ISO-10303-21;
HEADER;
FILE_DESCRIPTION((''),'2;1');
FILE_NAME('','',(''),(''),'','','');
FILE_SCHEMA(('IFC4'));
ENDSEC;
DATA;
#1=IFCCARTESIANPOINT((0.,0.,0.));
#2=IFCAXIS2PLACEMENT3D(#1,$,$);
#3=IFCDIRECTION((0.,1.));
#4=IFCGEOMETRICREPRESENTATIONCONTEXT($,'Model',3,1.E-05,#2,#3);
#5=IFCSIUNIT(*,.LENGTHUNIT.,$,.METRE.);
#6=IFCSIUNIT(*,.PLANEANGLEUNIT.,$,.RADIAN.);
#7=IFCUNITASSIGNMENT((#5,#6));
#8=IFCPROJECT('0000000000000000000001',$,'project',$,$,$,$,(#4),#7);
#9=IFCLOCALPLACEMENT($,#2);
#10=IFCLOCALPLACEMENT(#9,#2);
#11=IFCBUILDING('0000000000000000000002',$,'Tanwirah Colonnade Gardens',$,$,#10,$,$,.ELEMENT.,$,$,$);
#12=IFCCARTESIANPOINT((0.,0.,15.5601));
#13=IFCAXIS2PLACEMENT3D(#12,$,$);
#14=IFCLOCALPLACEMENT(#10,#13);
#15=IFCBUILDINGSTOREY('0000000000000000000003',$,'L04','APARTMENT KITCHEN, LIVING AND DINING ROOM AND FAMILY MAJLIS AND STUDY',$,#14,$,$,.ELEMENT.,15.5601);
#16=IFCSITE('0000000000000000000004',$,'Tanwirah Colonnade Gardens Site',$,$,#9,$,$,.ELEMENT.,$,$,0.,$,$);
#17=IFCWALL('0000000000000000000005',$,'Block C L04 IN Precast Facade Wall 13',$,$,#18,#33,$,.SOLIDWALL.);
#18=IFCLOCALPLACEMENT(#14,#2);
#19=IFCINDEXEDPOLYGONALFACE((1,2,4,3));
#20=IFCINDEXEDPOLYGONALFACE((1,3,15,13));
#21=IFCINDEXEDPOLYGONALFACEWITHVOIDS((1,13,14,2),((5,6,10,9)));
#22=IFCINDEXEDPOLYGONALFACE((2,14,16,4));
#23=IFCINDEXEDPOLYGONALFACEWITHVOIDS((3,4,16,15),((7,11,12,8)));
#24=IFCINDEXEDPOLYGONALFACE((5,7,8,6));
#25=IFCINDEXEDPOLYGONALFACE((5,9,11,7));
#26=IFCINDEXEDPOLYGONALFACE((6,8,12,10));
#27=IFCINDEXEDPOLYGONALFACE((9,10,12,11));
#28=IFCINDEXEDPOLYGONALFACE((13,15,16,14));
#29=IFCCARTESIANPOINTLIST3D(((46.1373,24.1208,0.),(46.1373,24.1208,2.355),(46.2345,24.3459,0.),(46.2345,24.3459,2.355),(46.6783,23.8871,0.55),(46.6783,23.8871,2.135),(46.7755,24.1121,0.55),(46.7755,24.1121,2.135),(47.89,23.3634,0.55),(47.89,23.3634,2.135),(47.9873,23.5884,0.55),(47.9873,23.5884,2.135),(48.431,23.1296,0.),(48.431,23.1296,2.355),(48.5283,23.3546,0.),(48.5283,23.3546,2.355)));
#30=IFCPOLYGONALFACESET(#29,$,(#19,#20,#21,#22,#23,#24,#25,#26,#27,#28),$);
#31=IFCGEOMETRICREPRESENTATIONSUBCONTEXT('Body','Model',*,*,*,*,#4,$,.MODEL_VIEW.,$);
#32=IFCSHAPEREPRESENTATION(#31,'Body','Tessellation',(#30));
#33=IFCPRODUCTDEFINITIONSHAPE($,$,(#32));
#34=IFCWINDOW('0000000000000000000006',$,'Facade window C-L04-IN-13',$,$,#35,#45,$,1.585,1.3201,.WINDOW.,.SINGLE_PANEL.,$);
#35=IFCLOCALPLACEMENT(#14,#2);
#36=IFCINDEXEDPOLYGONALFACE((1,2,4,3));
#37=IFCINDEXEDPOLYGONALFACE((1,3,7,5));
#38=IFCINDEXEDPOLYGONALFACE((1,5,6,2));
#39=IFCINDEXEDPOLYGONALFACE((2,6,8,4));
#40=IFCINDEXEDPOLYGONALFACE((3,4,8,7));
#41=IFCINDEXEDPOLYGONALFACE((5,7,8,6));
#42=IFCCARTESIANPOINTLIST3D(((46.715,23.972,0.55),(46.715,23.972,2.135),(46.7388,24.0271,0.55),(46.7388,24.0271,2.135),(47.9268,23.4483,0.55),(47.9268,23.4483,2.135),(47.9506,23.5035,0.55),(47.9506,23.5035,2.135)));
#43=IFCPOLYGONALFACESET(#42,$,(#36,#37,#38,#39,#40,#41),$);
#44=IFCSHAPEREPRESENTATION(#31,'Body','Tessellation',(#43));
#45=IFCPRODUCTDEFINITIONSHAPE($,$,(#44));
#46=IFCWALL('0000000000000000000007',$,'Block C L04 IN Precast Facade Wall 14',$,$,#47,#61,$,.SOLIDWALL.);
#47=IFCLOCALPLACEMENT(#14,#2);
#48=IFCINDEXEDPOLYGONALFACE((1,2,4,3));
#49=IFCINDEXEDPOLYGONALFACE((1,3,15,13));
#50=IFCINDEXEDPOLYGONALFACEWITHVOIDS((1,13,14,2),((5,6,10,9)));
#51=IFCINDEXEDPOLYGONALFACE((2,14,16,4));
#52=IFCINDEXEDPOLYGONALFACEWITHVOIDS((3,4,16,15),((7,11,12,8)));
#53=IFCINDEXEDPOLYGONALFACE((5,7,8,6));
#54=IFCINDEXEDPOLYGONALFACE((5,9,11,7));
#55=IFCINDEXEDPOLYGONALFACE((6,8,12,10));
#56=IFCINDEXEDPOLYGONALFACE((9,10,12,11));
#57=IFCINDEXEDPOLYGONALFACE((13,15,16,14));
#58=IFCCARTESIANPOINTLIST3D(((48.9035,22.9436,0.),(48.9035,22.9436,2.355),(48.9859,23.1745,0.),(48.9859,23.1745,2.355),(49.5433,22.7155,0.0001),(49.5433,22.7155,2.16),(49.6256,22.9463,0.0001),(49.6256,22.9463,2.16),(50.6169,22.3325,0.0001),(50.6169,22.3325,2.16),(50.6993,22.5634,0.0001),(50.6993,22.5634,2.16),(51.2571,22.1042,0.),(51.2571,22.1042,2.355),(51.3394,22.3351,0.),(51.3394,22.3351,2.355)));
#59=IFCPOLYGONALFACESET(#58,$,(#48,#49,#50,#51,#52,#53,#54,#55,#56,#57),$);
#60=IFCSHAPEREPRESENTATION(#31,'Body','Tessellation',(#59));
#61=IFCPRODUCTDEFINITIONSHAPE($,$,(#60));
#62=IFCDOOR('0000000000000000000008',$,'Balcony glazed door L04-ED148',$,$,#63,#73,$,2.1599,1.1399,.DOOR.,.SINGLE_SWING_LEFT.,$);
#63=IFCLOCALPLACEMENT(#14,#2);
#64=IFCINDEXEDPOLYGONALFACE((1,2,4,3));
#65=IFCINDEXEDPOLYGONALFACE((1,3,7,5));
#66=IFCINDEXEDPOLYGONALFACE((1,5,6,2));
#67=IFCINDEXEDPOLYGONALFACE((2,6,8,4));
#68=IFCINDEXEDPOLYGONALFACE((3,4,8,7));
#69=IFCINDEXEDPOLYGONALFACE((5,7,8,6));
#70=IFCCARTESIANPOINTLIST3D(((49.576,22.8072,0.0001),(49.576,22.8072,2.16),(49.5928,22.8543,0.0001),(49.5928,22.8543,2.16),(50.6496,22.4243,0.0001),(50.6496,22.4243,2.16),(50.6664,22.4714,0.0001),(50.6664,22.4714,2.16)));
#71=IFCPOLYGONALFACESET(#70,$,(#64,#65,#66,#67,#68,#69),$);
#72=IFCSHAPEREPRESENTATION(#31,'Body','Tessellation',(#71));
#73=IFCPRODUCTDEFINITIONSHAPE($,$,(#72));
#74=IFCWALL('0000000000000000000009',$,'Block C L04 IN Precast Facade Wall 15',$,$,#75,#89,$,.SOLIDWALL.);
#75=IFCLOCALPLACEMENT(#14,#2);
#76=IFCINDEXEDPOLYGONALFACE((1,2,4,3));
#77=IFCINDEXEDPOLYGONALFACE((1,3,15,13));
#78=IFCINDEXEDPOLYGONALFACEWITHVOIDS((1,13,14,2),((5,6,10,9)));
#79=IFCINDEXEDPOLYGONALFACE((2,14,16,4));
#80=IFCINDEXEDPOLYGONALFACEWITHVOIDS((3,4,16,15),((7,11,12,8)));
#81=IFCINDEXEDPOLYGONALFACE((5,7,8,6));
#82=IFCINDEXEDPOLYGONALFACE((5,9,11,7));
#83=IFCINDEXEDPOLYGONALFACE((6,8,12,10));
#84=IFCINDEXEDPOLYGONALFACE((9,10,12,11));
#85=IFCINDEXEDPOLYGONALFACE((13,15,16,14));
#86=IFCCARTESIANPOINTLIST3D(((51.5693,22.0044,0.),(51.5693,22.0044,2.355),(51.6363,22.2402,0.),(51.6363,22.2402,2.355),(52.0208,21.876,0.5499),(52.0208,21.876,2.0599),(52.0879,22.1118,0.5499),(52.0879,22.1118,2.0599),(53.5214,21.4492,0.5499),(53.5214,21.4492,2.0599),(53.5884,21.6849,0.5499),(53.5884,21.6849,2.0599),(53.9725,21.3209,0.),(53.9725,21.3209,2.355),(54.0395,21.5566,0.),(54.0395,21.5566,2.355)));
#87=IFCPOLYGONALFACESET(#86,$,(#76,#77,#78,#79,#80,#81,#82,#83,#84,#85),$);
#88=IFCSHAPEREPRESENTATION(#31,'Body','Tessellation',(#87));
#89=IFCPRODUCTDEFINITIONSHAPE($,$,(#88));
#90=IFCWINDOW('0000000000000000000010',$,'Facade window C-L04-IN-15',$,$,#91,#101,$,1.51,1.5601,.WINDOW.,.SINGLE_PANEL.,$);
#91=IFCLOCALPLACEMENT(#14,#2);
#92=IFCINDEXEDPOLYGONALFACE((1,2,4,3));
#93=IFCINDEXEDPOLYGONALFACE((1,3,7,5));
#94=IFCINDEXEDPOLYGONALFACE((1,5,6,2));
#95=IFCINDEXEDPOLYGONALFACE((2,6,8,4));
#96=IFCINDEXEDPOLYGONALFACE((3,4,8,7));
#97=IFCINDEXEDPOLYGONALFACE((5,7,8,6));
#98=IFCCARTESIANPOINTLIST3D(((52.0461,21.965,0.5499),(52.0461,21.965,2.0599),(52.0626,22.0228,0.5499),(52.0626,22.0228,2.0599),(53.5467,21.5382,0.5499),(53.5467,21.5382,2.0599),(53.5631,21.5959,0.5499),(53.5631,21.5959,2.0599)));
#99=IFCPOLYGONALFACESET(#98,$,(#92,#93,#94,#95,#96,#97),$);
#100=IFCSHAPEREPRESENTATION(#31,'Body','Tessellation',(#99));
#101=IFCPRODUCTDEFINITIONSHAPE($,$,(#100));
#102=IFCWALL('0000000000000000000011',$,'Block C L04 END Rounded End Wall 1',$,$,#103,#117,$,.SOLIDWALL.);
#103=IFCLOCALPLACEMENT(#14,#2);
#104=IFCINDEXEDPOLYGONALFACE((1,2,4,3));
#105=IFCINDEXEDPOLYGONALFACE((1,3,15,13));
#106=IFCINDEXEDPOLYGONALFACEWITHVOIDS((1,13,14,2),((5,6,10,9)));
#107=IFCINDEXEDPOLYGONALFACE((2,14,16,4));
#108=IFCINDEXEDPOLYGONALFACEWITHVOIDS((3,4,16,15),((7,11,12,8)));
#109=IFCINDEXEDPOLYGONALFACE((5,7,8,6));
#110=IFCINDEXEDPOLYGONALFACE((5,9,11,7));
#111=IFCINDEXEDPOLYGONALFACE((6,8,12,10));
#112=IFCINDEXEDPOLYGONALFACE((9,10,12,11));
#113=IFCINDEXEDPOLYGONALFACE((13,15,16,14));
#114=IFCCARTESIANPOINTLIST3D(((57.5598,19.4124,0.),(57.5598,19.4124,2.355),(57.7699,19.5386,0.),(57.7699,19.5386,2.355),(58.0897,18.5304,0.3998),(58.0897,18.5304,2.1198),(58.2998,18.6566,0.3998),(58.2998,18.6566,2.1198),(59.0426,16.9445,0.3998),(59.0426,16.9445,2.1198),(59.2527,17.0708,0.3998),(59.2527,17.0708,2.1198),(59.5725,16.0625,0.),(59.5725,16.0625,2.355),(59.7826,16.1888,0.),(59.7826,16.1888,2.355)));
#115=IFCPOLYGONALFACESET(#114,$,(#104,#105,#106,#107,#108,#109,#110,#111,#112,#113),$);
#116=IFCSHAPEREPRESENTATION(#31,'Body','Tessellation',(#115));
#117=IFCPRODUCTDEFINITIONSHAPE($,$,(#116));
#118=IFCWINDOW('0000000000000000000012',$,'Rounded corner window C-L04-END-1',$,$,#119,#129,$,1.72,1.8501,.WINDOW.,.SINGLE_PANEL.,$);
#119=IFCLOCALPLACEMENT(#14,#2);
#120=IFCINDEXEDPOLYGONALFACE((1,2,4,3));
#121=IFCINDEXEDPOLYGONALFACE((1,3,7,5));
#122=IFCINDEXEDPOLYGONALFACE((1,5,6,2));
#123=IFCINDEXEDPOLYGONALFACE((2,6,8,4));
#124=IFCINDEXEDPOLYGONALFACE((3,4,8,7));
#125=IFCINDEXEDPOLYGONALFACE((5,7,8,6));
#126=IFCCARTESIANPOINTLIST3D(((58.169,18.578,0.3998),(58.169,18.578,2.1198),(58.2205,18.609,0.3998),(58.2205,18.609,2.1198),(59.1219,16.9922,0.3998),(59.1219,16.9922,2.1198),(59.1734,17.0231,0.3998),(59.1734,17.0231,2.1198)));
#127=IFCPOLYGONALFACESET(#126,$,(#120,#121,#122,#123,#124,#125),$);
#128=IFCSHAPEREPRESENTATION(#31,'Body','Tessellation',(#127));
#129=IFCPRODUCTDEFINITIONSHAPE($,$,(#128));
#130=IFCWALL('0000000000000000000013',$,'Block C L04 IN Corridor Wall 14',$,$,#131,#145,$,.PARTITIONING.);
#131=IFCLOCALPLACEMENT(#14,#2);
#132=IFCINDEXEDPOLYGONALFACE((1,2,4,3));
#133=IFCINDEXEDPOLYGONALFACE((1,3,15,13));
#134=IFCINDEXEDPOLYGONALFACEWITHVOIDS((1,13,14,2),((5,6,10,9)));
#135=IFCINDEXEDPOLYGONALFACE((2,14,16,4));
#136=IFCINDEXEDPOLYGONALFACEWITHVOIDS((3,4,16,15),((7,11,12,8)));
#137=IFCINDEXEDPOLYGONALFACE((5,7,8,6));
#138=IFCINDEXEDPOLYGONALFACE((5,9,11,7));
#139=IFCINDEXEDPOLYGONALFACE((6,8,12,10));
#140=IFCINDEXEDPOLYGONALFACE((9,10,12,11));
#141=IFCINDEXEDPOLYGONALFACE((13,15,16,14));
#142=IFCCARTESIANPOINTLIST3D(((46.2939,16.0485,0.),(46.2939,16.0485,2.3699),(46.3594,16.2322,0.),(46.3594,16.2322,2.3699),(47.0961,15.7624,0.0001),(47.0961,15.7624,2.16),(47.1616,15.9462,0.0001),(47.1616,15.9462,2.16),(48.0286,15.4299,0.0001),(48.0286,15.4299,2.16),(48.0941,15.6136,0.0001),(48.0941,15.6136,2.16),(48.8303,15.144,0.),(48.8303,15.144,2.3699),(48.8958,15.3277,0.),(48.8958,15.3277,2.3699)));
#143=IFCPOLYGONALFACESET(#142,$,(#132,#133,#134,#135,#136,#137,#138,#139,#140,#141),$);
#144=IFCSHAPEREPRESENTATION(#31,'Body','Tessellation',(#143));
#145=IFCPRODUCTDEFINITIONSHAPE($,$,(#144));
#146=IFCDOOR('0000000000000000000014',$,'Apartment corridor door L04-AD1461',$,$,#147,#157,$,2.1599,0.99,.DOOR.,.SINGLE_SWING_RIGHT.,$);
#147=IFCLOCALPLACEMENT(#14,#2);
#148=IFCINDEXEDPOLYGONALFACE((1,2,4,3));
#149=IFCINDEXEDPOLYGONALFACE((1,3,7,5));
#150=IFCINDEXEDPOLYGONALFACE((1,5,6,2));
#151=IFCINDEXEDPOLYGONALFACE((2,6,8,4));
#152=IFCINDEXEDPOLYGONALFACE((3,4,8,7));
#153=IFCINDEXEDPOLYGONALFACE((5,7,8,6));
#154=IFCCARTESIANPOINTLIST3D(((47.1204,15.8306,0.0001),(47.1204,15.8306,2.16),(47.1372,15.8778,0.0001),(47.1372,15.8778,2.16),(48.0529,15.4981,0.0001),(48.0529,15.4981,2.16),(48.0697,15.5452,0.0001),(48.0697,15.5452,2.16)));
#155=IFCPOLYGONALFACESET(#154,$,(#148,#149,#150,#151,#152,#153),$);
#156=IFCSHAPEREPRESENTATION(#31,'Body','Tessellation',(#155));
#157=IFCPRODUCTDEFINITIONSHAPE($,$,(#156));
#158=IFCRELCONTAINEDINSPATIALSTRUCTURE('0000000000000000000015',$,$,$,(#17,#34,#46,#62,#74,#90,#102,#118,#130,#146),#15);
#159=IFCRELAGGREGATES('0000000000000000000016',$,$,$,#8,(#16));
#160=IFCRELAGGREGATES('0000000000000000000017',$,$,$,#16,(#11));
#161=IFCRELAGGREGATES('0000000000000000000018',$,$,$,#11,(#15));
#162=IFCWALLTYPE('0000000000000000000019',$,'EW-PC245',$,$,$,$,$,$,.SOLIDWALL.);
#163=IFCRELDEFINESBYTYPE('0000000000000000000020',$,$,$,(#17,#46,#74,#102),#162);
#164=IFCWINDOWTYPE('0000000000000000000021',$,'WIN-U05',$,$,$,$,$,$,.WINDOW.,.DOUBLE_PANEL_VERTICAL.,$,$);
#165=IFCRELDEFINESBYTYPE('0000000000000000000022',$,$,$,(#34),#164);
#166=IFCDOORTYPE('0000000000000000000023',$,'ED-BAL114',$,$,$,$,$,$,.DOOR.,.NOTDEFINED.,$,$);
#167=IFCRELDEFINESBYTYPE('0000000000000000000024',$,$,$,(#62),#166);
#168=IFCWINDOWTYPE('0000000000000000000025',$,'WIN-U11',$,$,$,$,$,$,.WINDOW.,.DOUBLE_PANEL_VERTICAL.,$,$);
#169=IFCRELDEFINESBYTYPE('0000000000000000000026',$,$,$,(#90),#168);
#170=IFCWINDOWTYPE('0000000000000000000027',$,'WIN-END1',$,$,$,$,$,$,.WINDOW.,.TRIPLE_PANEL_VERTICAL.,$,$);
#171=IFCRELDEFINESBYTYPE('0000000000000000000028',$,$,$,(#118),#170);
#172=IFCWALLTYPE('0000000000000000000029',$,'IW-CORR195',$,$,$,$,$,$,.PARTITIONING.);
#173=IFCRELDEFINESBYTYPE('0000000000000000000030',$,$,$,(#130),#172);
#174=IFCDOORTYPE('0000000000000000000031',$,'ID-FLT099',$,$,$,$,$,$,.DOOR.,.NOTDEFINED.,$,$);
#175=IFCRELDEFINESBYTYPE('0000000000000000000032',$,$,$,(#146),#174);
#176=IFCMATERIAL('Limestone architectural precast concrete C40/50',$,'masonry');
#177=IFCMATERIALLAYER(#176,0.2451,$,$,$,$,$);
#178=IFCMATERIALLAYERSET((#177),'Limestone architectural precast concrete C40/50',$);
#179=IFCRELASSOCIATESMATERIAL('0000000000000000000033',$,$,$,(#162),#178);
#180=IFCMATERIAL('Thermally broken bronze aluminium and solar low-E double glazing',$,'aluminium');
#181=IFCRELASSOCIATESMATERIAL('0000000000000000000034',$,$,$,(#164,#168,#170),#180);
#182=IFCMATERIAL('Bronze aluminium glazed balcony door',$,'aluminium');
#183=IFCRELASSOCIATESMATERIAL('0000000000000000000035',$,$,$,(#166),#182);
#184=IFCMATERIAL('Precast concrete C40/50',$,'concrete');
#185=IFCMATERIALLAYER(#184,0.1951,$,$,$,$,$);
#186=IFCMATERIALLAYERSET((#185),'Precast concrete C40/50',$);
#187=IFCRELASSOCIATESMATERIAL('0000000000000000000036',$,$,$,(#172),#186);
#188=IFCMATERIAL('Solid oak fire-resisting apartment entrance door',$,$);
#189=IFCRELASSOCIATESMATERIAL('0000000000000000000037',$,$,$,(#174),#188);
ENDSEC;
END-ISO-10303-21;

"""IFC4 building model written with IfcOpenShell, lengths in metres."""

from ifc_helpers import new_model, si_unit, direction, frame, frame_2d, origin, place, context, subcontext, project, spatial, rectangle, extrude, material, layer, layer_set, type_object, element, fill, save


model = new_model("IFC4")

# Units and contexts
model_context = context("Model", 3, precision=1e-05, world=origin(), true_north=direction((0.0, 1.0)))
body_context = subcontext(model_context, "Body", "Model", "MODEL_VIEW")
ifc_project = project(units=[si_unit("LENGTHUNIT", "METRE"), si_unit("PLANEANGLEUNIT", "RADIAN")], contexts=[model_context])

# Site, building, storey
site_placement = place(None, origin())
site = spatial("IfcSite", under=ifc_project, at=site_placement, Name="Tanwirah Colonnade Gardens Site", CompositionType="ELEMENT", RefElevation=0.0)
building_placement = place(site_placement, origin())
building = spatial("IfcBuilding", under=site, at=building_placement, Name="Tanwirah Colonnade Gardens", CompositionType="ELEMENT")
storey_placement = place(building_placement, frame((0.0, 0.0, 15.5601)))
storey = spatial("IfcBuildingStorey", under=building, at=storey_placement, Name="L04", Description="APARTMENT KITCHEN, LIVING AND DINING ROOM AND FAMILY MAJLIS AND STUDY", CompositionType="ELEMENT", Elevation=15.5601)

# Shared definitions
ifc_material_1 = material(Name="Precast concrete C40/50", Category="concrete")

# Wall, opening, window
ifc_material_2 = material(Name="Limestone architectural precast concrete C40/50", Category="masonry")
ifc_layer_1 = layer(ifc_material_2, 0.2451)
ifc_layer_set_1 = layer_set([ifc_layer_1], Name="Limestone architectural precast concrete C40/50")
wall_type_1 = type_object("IfcWallType", Name="EW-PC245", PredefinedType="SOLIDWALL", material=ifc_layer_set_1)
wall_1_placement = place(storey_placement, frame((46.1858, 24.2334, 0.0), z_axis=(0.0, 0.0, 1.0), x_axis=(0.917953, -0.396689, 0.0)))
wall_1 = element("IfcWall", 1, at=wall_1_placement, inside=storey, type_object=wall_type_1, Name="Block C L04 IN Precast Facade Wall 13", PredefinedType="SOLIDWALL", context=body_context, shape_type="SweptSolid", body=[
    extrude(rectangle(XDim=2.4988, YDim=0.2451, at=frame_2d((1.2495, 0.0))), origin(), (0.0, 0.0, 1.0), 2.355),
])
opening_1_placement = place(wall_1_placement, frame((0.5894, 0.0, 0.55)))
opening_1 = element("IfcOpeningElement", 2, at=opening_1_placement, cuts=wall_1, PredefinedType="OPENING", context=body_context, shape_type="SweptSolid", body=[
    extrude(rectangle(XDim=1.3201, YDim=1.585, at=frame_2d((0.6602, 0.7925))), frame((0.0, 0.1326, 0.0), z_axis=(0.0, -1.0, 0.0), x_axis=(1.0, 0.0, 0.0)), (0.0, 0.0, 1.0), 0.2651),
])
ifc_material_3 = material(Name="Thermally broken bronze aluminium and solar low-E double glazing", Category="aluminium")
window_type_1 = type_object("IfcWindowType", Name="WIN-U05", PartitioningType="DOUBLE_PANEL_VERTICAL", PredefinedType="WINDOW", material=ifc_material_3)
window_1_placement = place(opening_1_placement, origin())
window_1 = element("IfcWindow", 3, at=window_1_placement, inside=storey, type_object=window_type_1, Name="Facade window C-L04-IN-13", OverallHeight=1.585, OverallWidth=1.3201, PartitioningType="SINGLE_PANEL", PredefinedType="WINDOW", context=body_context, shape_type="SweptSolid", body=[
    extrude(rectangle(XDim=1.3201, YDim=1.585, at=frame_2d((0.6602, 0.7925))), frame((0.0, 0.03, 0.0), z_axis=(0.0, -1.0, 0.0), x_axis=(1.0, 0.0, 0.0)), (0.0, 0.0, 1.0), 0.0601),
])
fill(opening_1, window_1)

# Wall, opening, door
wall_2_placement = place(storey_placement, frame((48.9446, 23.0591, 0.0), z_axis=(0.0, 0.0, 1.0), x_axis=(0.941892, -0.335915, 0.0)))
wall_2 = element("IfcWall", 4, at=wall_2_placement, inside=storey, type_object=wall_type_1, Name="Block C L04 IN Precast Facade Wall 14", PredefinedType="SOLIDWALL", context=body_context, shape_type="SweptSolid", body=[
    extrude(rectangle(XDim=2.4988, YDim=0.2451, at=frame_2d((1.2495, 0.0))), origin(), (0.0, 0.0, 1.0), 2.355),
])
opening_2_placement = place(wall_2_placement, frame((0.6794, 0.0, 0.0)))
opening_2 = element("IfcOpeningElement", 5, at=opening_2_placement, cuts=wall_2, PredefinedType="OPENING", context=body_context, shape_type="SweptSolid", body=[
    extrude(rectangle(XDim=1.1399, YDim=2.1599, at=frame_2d((0.5698, 1.0801))), frame((0.0, 0.1326, 0.0), z_axis=(0.0, -1.0, 0.0), x_axis=(1.0, 0.0, 0.0)), (0.0, 0.0, 1.0), 0.2651),
])
ifc_material_4 = material(Name="Bronze aluminium glazed balcony door", Category="aluminium")
door_type_1 = type_object("IfcDoorType", Name="ED-BAL114", OperationType="NOTDEFINED", PredefinedType="DOOR", material=ifc_material_4)
door_1_placement = place(opening_2_placement, origin())
door_1 = element("IfcDoor", 6, at=door_1_placement, inside=storey, type_object=door_type_1, Name="Balcony glazed door L04-ED148", OperationType="SINGLE_SWING_LEFT", OverallHeight=2.1599, OverallWidth=1.1399, PredefinedType="DOOR", context=body_context, shape_type="SweptSolid", body=[
    extrude(rectangle(XDim=1.1399, YDim=2.1599, at=frame_2d((0.5698, 1.0801))), frame((0.0, 0.0249, 0.0), z_axis=(0.0, -1.0, 0.0), x_axis=(1.0, 0.0, 0.0)), (0.0, 0.0, 1.0), 0.05),
])
fill(opening_2, door_1)

# Walls, openings, windows
wall_3_placement = place(storey_placement, frame((51.6028, 22.1223, 0.0), z_axis=(0.0, 0.0, 1.0), x_axis=(0.961848, -0.273585, 0.0)))
wall_3 = element("IfcWall", 7, at=wall_3_placement, inside=storey, type_object=wall_type_1, Name="Block C L04 IN Precast Facade Wall 15", PredefinedType="SOLIDWALL", context=body_context, shape_type="SweptSolid", body=[
    extrude(rectangle(XDim=2.4985, YDim=0.2451, at=frame_2d((1.2493, 0.0))), origin(), (0.0, 0.0, 1.0), 2.355),
])
opening_3_placement = place(wall_3_placement, frame((0.4695, 0.0, 0.55)))
opening_3 = element("IfcOpeningElement", 8, at=opening_3_placement, cuts=wall_3, PredefinedType="OPENING", context=body_context, shape_type="SweptSolid", body=[
    extrude(rectangle(XDim=1.5601, YDim=1.51, at=frame_2d((0.78, 0.7549))), frame((0.0, 0.1326, 0.0), z_axis=(0.0, -1.0, 0.0), x_axis=(1.0, 0.0, 0.0)), (0.0, 0.0, 1.0), 0.2651),
])
window_type_2 = type_object("IfcWindowType", Name="WIN-U11", PartitioningType="DOUBLE_PANEL_VERTICAL", PredefinedType="WINDOW", material=ifc_material_3)
window_2_placement = place(opening_3_placement, origin())
window_2 = element("IfcWindow", 9, at=window_2_placement, inside=storey, type_object=window_type_2, Name="Facade window C-L04-IN-15", OverallHeight=1.51, OverallWidth=1.5601, PartitioningType="SINGLE_PANEL", PredefinedType="WINDOW", context=body_context, shape_type="SweptSolid", body=[
    extrude(rectangle(XDim=1.5601, YDim=1.51, at=frame_2d((0.78, 0.7549))), frame((0.0, 0.03, 0.0), z_axis=(0.0, -1.0, 0.0), x_axis=(1.0, 0.0, 0.0)), (0.0, 0.0, 1.0), 0.0601),
])
fill(opening_3, window_2)
wall_4_placement = place(storey_placement, frame((57.6648, 19.4756, 0.0), z_axis=(0.0, 0.0, 1.0), x_axis=(0.515019, -0.857179, 0.0)))
wall_4 = element("IfcWall", 10, at=wall_4_placement, inside=storey, type_object=wall_type_1, Name="Block C L04 END Rounded End Wall 1", PredefinedType="SOLIDWALL", context=body_context, shape_type="SweptSolid", body=[
    extrude(rectangle(XDim=3.908, YDim=0.2451, at=frame_2d((1.9541, 0.0))), origin(), (0.0, 0.0, 1.0), 2.355),
])
opening_4_placement = place(wall_4_placement, frame((1.0291, 0.0, 0.3999)))
opening_4 = element("IfcOpeningElement", 11, at=opening_4_placement, cuts=wall_4, PredefinedType="OPENING", context=body_context, shape_type="SweptSolid", body=[
    extrude(rectangle(XDim=1.8501, YDim=1.72, at=frame_2d((0.925, 0.8599))), frame((0.0, 0.1326, 0.0), z_axis=(0.0, -1.0, 0.0), x_axis=(1.0, 0.0, 0.0)), (0.0, 0.0, 1.0), 0.2651),
])
window_type_3 = type_object("IfcWindowType", Name="WIN-END1", PartitioningType="TRIPLE_PANEL_VERTICAL", PredefinedType="WINDOW", material=ifc_material_3)
window_3_placement = place(opening_4_placement, origin())
window_3 = element("IfcWindow", 12, at=window_3_placement, inside=storey, type_object=window_type_3, Name="Rounded corner window C-L04-END-1", OverallHeight=1.72, OverallWidth=1.8501, PartitioningType="SINGLE_PANEL", PredefinedType="WINDOW", context=body_context, shape_type="SweptSolid", body=[
    extrude(rectangle(XDim=1.8501, YDim=1.72, at=frame_2d((0.925, 0.8599))), frame((0.0, 0.03, 0.0), z_axis=(0.0, -1.0, 0.0), x_axis=(1.0, 0.0, 0.0)), (0.0, 0.0, 1.0), 0.0601),
])
fill(opening_4, window_3)

# Wall, opening, door
ifc_layer_2 = layer(ifc_material_1, 0.1951)
ifc_layer_set_2 = layer_set([ifc_layer_2], Name="Precast concrete C40/50")
wall_type_2 = type_object("IfcWallType", Name="IW-CORR195", PredefinedType="PARTITIONING", material=ifc_layer_set_2)
wall_5_placement = place(storey_placement, frame((46.3267, 16.1404, 0.0), z_axis=(0.0, 0.0, 1.0), x_axis=(0.941896, -0.335906, 0.0)))
wall_5 = element("IfcWall", 13, at=wall_5_placement, inside=storey, type_object=wall_type_2, Name="Block C L04 IN Corridor Wall 14", PredefinedType="PARTITIONING", context=body_context, shape_type="SweptSolid", body=[
    extrude(rectangle(XDim=2.6929, YDim=0.1951, at=frame_2d((1.3464, 0.0))), origin(), (0.0, 0.0, 1.0), 2.3699),
])
opening_5_placement = place(wall_5_placement, frame((0.8516, 0.0, 0.0)))
opening_5 = element("IfcOpeningElement", 14, at=opening_5_placement, cuts=wall_5, PredefinedType="OPENING", context=body_context, shape_type="SweptSolid", body=[
    extrude(rectangle(XDim=0.99, YDim=2.1599, at=frame_2d((0.4951, 1.0801))), frame((0.0, 0.1074, 0.0), z_axis=(0.0, -1.0, 0.0), x_axis=(1.0, 0.0, 0.0)), (0.0, 0.0, 1.0), 0.2151),
])
ifc_material_5 = material(Name="Solid oak fire-resisting apartment entrance door")
door_type_2 = type_object("IfcDoorType", Name="ID-FLT099", OperationType="NOTDEFINED", PredefinedType="DOOR", material=ifc_material_5)
door_2_placement = place(opening_5_placement, origin())
door_2 = element("IfcDoor", 15, at=door_2_placement, inside=storey, type_object=door_type_2, Name="Apartment corridor door L04-AD1461", OperationType="SINGLE_SWING_RIGHT", OverallHeight=2.1599, OverallWidth=0.99, PredefinedType="DOOR", context=body_context, shape_type="SweptSolid", body=[
    extrude(rectangle(XDim=0.99, YDim=2.1599, at=frame_2d((0.4951, 1.0801))), frame((0.0, 0.0249, 0.0), z_axis=(0.0, -1.0, 0.0), x_axis=(1.0, 0.0, 0.0)), (0.0, 0.0, 1.0), 0.05),
])
fill(opening_5, door_2)

save(model, "model.ifc")
